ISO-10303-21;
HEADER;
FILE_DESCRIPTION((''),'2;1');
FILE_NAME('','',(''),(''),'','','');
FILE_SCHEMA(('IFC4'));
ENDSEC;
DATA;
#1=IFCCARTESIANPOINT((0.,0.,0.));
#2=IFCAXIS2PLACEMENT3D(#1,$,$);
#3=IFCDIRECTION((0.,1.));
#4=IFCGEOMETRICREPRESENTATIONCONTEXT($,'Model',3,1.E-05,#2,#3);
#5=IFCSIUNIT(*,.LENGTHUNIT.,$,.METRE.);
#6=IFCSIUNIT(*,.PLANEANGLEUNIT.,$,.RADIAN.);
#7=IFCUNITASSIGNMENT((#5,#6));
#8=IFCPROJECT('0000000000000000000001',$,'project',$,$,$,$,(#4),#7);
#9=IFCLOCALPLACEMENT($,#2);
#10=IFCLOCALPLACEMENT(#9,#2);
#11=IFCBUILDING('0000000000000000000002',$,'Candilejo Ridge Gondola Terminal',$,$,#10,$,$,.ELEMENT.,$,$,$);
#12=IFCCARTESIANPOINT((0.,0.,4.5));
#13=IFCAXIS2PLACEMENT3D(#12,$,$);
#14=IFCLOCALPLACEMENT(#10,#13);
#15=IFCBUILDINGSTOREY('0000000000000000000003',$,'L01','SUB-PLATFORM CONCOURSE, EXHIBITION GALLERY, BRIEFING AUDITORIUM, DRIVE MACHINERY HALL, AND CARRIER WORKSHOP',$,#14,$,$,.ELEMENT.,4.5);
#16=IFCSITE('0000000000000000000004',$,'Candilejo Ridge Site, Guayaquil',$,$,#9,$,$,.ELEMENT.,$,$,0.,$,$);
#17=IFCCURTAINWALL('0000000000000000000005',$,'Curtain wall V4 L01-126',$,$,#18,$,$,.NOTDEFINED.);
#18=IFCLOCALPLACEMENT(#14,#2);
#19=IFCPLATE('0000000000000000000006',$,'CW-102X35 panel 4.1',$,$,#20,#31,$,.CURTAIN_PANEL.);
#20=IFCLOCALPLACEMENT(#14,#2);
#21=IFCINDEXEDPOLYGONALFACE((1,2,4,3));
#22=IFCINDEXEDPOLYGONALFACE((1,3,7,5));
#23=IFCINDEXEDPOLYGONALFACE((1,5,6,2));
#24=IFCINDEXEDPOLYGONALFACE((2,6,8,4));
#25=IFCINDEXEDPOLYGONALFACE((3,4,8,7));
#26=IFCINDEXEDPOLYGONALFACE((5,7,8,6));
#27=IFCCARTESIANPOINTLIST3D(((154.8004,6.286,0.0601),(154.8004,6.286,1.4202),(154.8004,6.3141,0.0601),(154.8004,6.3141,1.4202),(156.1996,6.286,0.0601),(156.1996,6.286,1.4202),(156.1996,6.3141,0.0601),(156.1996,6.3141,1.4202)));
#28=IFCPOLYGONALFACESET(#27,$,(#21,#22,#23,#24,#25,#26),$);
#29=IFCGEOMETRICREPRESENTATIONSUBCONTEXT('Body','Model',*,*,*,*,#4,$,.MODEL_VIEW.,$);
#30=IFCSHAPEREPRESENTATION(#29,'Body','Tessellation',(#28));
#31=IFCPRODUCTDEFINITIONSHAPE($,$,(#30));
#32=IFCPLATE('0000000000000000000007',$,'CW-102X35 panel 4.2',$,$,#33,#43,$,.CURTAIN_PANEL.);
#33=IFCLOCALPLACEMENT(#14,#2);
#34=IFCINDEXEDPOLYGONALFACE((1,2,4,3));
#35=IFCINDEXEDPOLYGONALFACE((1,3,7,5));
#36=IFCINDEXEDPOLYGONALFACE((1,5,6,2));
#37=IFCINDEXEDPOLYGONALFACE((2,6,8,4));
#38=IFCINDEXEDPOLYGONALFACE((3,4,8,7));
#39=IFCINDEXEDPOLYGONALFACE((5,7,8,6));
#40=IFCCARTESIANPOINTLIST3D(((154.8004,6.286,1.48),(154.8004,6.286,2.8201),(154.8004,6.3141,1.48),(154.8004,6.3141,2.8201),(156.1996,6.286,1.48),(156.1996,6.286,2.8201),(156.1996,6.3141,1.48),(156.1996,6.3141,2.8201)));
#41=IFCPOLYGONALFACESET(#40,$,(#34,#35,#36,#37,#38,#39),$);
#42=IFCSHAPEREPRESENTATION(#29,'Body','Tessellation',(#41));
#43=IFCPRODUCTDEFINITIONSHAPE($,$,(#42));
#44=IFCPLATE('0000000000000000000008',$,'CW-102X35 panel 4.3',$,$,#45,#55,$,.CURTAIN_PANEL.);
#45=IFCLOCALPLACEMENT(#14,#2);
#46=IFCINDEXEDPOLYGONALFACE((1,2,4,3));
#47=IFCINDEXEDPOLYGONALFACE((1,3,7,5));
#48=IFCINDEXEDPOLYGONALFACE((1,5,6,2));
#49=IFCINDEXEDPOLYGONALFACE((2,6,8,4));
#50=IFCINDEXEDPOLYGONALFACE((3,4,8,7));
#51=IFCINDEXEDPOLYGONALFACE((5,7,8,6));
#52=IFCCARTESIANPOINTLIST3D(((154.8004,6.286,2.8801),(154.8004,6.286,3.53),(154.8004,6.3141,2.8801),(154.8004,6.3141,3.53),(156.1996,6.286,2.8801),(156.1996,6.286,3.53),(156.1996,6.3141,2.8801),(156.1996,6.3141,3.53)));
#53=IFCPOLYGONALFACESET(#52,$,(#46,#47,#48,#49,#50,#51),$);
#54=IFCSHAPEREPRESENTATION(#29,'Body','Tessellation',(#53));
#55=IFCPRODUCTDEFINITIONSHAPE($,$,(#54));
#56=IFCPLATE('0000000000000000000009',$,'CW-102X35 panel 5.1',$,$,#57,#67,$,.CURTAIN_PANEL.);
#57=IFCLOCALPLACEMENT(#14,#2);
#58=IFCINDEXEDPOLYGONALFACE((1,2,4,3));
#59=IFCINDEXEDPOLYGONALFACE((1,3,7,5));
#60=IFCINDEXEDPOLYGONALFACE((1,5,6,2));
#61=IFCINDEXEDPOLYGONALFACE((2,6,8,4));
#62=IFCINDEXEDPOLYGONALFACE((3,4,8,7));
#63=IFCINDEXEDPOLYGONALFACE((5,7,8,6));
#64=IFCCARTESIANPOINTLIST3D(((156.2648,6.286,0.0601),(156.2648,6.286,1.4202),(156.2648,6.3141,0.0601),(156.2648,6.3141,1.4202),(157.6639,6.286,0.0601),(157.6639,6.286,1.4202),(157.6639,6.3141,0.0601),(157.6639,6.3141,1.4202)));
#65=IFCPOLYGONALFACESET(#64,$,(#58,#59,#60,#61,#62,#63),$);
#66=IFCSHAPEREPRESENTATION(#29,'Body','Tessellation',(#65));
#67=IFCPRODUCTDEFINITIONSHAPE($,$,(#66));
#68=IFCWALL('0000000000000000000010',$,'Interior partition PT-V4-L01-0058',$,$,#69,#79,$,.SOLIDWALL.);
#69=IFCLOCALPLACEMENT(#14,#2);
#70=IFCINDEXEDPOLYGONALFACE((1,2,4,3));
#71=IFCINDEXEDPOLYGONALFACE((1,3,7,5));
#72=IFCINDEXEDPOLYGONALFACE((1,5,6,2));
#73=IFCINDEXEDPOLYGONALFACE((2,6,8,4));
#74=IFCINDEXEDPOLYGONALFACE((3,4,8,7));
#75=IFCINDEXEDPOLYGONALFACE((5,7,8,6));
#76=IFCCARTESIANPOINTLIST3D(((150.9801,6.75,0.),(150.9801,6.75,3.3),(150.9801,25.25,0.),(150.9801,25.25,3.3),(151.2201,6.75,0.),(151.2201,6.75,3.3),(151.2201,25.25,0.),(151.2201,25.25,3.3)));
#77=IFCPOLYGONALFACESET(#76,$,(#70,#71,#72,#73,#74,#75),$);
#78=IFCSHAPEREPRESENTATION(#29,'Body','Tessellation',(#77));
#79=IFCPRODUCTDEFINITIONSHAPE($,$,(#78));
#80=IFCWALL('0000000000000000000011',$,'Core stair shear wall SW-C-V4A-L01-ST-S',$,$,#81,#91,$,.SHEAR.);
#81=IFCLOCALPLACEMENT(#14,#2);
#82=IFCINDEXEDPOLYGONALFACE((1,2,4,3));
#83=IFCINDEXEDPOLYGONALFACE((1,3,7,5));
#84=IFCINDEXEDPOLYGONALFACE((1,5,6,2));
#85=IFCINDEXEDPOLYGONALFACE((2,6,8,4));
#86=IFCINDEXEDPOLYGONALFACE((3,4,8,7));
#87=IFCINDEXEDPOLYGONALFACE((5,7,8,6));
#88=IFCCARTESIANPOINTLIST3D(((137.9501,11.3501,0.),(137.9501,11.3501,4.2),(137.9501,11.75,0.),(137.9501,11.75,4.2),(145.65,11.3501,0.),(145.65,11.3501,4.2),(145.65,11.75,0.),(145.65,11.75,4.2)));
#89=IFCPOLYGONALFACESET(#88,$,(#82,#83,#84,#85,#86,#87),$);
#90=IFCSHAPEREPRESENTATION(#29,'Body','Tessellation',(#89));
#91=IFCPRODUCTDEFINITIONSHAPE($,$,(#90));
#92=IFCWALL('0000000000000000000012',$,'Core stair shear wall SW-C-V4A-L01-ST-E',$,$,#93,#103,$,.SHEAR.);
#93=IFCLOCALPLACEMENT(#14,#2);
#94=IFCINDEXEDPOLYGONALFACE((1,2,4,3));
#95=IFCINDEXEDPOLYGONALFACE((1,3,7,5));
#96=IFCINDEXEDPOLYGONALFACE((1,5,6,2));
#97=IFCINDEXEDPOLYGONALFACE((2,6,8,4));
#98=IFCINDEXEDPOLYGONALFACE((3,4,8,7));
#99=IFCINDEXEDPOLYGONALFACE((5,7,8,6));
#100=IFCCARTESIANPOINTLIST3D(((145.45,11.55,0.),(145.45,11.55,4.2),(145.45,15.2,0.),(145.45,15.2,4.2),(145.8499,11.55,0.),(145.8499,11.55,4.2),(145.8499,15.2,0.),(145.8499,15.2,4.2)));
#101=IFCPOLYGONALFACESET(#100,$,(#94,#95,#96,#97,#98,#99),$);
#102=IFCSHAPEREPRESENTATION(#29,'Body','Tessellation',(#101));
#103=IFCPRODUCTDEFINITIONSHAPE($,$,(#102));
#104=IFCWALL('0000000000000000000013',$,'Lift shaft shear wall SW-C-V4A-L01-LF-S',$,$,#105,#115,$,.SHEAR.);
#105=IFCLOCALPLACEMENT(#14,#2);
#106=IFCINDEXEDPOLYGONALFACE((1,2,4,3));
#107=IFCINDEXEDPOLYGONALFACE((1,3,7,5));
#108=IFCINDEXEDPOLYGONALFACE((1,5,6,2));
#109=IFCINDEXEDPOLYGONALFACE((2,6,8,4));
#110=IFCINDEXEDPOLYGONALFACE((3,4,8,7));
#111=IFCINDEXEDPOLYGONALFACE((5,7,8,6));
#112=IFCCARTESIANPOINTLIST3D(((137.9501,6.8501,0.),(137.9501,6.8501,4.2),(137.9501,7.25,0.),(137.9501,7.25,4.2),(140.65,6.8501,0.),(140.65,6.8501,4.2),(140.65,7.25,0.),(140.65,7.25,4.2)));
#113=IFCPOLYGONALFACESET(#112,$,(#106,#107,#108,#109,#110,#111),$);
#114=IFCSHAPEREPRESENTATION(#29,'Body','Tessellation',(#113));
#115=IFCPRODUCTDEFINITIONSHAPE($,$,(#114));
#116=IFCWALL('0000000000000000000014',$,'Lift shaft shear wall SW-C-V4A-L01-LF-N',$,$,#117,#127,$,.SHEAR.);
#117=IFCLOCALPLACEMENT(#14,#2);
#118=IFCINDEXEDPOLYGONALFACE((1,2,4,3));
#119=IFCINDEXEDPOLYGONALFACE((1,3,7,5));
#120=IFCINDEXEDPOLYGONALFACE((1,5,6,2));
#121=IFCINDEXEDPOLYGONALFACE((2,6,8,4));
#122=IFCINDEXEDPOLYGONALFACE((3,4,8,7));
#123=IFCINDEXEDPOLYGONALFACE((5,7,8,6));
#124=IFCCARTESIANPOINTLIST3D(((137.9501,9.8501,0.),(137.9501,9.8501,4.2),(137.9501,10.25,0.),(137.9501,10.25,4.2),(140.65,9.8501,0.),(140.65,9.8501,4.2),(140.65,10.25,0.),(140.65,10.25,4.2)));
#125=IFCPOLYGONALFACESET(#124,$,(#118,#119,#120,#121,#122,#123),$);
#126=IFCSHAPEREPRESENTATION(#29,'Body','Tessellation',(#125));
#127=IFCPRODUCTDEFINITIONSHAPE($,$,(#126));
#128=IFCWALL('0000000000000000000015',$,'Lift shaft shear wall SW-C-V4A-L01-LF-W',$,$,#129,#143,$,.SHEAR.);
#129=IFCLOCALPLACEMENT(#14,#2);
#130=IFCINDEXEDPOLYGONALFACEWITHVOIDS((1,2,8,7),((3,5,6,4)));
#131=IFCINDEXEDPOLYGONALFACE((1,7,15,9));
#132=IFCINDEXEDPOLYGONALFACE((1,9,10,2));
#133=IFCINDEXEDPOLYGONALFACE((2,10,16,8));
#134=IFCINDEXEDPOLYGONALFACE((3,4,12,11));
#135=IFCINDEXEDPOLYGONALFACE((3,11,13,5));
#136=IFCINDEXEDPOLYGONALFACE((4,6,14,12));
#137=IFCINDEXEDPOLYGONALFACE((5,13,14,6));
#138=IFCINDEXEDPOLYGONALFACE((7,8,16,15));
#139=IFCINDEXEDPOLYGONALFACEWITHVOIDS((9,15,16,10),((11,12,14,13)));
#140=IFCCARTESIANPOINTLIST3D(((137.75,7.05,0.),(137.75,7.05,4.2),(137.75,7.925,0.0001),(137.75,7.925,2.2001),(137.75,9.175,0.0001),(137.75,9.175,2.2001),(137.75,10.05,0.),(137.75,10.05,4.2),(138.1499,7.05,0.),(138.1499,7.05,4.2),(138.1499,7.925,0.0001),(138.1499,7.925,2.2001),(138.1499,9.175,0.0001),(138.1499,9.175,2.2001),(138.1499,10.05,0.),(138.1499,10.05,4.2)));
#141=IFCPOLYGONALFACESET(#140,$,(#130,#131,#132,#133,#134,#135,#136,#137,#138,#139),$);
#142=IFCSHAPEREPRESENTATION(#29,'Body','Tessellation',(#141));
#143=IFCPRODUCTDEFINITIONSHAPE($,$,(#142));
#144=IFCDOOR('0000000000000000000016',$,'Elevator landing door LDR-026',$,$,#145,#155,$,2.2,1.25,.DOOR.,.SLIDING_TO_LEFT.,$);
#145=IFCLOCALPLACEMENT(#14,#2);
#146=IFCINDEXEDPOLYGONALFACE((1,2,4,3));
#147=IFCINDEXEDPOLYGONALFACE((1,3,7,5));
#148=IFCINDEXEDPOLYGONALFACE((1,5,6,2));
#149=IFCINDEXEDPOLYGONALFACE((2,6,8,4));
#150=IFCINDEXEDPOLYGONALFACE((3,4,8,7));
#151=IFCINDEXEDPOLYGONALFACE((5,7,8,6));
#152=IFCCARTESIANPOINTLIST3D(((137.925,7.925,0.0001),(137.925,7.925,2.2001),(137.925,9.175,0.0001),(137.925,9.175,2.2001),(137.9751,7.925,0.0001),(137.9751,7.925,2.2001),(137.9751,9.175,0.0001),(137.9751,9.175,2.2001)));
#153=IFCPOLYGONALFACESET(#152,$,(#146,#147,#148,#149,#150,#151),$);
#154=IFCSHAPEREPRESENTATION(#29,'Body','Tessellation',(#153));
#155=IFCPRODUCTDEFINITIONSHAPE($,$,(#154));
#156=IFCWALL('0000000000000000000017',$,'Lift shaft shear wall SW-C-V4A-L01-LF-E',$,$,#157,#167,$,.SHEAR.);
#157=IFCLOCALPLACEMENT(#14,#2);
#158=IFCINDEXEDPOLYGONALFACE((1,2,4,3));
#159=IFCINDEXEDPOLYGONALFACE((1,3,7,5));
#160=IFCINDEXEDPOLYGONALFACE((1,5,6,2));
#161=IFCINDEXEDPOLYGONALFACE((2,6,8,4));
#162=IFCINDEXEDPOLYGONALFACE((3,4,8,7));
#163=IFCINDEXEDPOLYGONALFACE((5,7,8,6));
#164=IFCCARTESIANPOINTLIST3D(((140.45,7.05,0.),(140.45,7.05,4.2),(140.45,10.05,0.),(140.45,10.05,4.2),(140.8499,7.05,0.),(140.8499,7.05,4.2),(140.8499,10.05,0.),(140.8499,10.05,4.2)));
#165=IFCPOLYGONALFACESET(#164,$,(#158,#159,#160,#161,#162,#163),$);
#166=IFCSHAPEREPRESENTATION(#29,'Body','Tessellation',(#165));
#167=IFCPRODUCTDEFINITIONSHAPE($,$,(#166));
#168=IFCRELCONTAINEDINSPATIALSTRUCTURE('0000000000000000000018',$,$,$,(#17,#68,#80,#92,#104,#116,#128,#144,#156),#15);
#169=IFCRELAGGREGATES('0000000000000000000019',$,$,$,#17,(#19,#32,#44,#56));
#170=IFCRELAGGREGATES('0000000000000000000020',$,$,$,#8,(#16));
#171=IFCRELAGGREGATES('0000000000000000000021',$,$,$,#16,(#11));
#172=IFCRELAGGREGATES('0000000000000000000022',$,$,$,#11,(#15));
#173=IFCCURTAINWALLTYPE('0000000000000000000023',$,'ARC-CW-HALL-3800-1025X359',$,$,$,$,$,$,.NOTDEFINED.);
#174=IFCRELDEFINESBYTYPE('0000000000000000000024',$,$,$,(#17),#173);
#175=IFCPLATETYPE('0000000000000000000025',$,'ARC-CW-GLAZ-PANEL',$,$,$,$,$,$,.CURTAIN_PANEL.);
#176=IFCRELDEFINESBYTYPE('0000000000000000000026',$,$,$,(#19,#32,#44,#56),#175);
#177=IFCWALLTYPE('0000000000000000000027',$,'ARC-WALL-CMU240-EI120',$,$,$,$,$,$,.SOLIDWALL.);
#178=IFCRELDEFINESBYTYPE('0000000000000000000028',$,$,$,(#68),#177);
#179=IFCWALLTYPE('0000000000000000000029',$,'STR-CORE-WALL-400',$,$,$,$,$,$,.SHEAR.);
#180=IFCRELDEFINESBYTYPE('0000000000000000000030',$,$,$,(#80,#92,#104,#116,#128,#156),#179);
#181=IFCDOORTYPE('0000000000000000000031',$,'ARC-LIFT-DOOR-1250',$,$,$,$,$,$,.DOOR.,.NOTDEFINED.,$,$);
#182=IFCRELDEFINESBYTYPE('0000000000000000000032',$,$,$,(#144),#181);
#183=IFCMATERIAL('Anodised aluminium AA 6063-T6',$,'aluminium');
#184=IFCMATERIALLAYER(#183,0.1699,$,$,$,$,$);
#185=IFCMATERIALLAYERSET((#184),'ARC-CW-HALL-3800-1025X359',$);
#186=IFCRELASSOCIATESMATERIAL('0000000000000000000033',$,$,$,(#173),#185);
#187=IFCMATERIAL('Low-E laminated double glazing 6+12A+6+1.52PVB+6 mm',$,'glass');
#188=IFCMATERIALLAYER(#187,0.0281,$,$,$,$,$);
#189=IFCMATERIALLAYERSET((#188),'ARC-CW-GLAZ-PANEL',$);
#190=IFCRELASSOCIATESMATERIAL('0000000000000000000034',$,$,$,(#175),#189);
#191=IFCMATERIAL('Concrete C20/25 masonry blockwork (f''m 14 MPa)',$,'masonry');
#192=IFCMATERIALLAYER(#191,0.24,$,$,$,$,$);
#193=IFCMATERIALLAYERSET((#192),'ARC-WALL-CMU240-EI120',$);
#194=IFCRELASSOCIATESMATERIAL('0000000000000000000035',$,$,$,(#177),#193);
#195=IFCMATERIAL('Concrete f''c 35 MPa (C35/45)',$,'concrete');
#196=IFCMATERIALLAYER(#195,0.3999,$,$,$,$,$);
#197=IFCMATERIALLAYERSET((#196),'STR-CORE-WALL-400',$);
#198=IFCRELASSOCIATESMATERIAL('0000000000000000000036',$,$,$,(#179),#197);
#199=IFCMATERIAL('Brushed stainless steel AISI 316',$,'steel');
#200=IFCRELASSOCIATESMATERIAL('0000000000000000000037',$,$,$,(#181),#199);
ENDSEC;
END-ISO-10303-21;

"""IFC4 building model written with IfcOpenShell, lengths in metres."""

from ifc_helpers import new_model, si_unit, direction, frame, frame_2d, origin, origin_2d, place, context, subcontext, project, spatial, rectangle, extrude, material, layer, layer_set, type_object, element, fill, aggregate, save


model = new_model("IFC4")

# Units and contexts
model_context = context("Model", 3, precision=1e-05, world=origin(), true_north=direction((0.0, 1.0)))
body_context = subcontext(model_context, "Body", "Model", "MODEL_VIEW")
ifc_project = project(units=[si_unit("LENGTHUNIT", "METRE"), si_unit("PLANEANGLEUNIT", "RADIAN")], contexts=[model_context])

# Site, building, storey
site_placement = place(None, origin())
site = spatial("IfcSite", under=ifc_project, at=site_placement, Name="Candilejo Ridge Site, Guayaquil", CompositionType="ELEMENT", RefElevation=0.0)
building_placement = place(site_placement, origin())
building = spatial("IfcBuilding", under=site, at=building_placement, Name="Candilejo Ridge Gondola Terminal", CompositionType="ELEMENT")
storey_placement = place(building_placement, frame((0.0, 0.0, 4.5)))
storey = spatial("IfcBuildingStorey", under=building, at=storey_placement, Name="L01", Description="SUB-PLATFORM CONCOURSE, EXHIBITION GALLERY, BRIEFING AUDITORIUM, DRIVE MACHINERY HALL, AND CARRIER WORKSHOP", CompositionType="ELEMENT", Elevation=4.5)

# Curtain wall
ifc_material_1 = material(Name="Anodised aluminium AA 6063-T6", Category="aluminium")
ifc_layer_1 = layer(ifc_material_1, 0.1699)
ifc_layer_set_1 = layer_set([ifc_layer_1], Name="ARC-CW-HALL-3800-1025X359")
curtain_wall_type = type_object("IfcCurtainWallType", Name="ARC-CW-HALL-3800-1025X359", PredefinedType="NOTDEFINED", material=ifc_layer_set_1)
curtain_wall_placement = place(storey_placement, origin())
curtain_wall = element("IfcCurtainWall", 1, at=curtain_wall_placement, inside=storey, type_object=curtain_wall_type, Name="Curtain wall V4 L01-126", PredefinedType="NOTDEFINED")

# Plates
ifc_material_2 = material(Name="Low-E laminated double glazing 6+12A+6+1.52PVB+6 mm", Category="glass")
ifc_layer_2 = layer(ifc_material_2, 0.0281)
ifc_layer_set_2 = layer_set([ifc_layer_2], Name="ARC-CW-GLAZ-PANEL")
plate_type = type_object("IfcPlateType", Name="ARC-CW-GLAZ-PANEL", PredefinedType="CURTAIN_PANEL", material=ifc_layer_set_2)
plate_1_placement = place(storey_placement, frame((155.5, 6.3, 0.0601), z_axis=(0.0, 0.0, 1.0), x_axis=(1.0, 0.0, 0.0)))
plate_1 = element("IfcPlate", 2, at=plate_1_placement, type_object=plate_type, Name="CW-102X35 panel 4.1", PredefinedType="CURTAIN_PANEL", context=body_context, shape_type="SweptSolid", body=[
    extrude(rectangle(XDim=1.3992, YDim=0.0281, at=origin_2d()), origin(), (0.0, 0.0, 1.0), 1.3601),
])
plate_2_placement = place(storey_placement, frame((155.5, 6.3, 1.48), z_axis=(0.0, 0.0, 1.0), x_axis=(1.0, 0.0, 0.0)))
plate_2 = element("IfcPlate", 3, at=plate_2_placement, type_object=plate_type, Name="CW-102X35 panel 4.2", PredefinedType="CURTAIN_PANEL", context=body_context, shape_type="SweptSolid", body=[
    extrude(rectangle(XDim=1.3992, YDim=0.0281, at=origin_2d()), origin(), (0.0, 0.0, 1.0), 1.3401),
])
plate_3_placement = place(storey_placement, frame((155.5, 6.3, 2.8801), z_axis=(0.0, 0.0, 1.0), x_axis=(1.0, 0.0, 0.0)))
plate_3 = element("IfcPlate", 4, at=plate_3_placement, type_object=plate_type, Name="CW-102X35 panel 4.3", PredefinedType="CURTAIN_PANEL", context=body_context, shape_type="SweptSolid", body=[
    extrude(rectangle(XDim=1.3992, YDim=0.0281, at=origin_2d()), origin(), (0.0, 0.0, 1.0), 0.6499),
])
plate_4_placement = place(storey_placement, frame((156.9644, 6.3, 0.0601), z_axis=(0.0, 0.0, 1.0), x_axis=(1.0, 0.0, 0.0)))
plate_4 = element("IfcPlate", 5, at=plate_4_placement, type_object=plate_type, Name="CW-102X35 panel 5.1", PredefinedType="CURTAIN_PANEL", context=body_context, shape_type="SweptSolid", body=[
    extrude(rectangle(XDim=1.3992, YDim=0.0281, at=origin_2d()), origin(), (0.0, 0.0, 1.0), 1.3601),
])
aggregate(curtain_wall, [plate_1, plate_2, plate_3, plate_4])

# Walls
ifc_material_3 = material(Name="Concrete C20/25 masonry blockwork (f'm 14 MPa)", Category="masonry")
ifc_layer_3 = layer(ifc_material_3, 0.24)
ifc_layer_set_3 = layer_set([ifc_layer_3], Name="ARC-WALL-CMU240-EI120")
wall_type_1 = type_object("IfcWallType", Name="ARC-WALL-CMU240-EI120", PredefinedType="SOLIDWALL", material=ifc_layer_set_3)
wall_1_placement = place(storey_placement, frame((151.1001, 6.75, 0.0), z_axis=(0.0, 0.0, 1.0), x_axis=(0.0, 1.0, 0.0)))
element("IfcWall", 6, at=wall_1_placement, inside=storey, type_object=wall_type_1, Name="Interior partition PT-V4-L01-0058", PredefinedType="SOLIDWALL", context=body_context, shape_type="SweptSolid", body=[
    extrude(rectangle(XDim=18.5, YDim=0.24, at=frame_2d((9.25, 0.0))), origin(), (0.0, 0.0, 1.0), 3.3),
])
ifc_material_4 = material(Name="Concrete f'c 35 MPa (C35/45)", Category="concrete")
ifc_layer_4 = layer(ifc_material_4, 0.3999)
ifc_layer_set_4 = layer_set([ifc_layer_4], Name="STR-CORE-WALL-400")
wall_type_2 = type_object("IfcWallType", Name="STR-CORE-WALL-400", PredefinedType="SHEAR", material=ifc_layer_set_4)
wall_2_placement = place(storey_placement, frame((137.95, 11.55, 0.0), z_axis=(0.0, 0.0, 1.0), x_axis=(1.0, 0.0, 0.0)))
element("IfcWall", 7, at=wall_2_placement, inside=storey, type_object=wall_type_2, Name="Core stair shear wall SW-C-V4A-L01-ST-S", PredefinedType="SHEAR", context=body_context, shape_type="SweptSolid", body=[
    extrude(rectangle(XDim=7.7, YDim=0.3999, at=frame_2d((3.8501, 0.0))), origin(), (0.0, 0.0, 1.0), 4.2),
])
wall_3_placement = place(storey_placement, frame((145.6499, 11.55, 0.0), z_axis=(0.0, 0.0, 1.0), x_axis=(0.0, 1.0, 0.0)))
element("IfcWall", 8, at=wall_3_placement, inside=storey, type_object=wall_type_2, Name="Core stair shear wall SW-C-V4A-L01-ST-E", PredefinedType="SHEAR", context=body_context, shape_type="SweptSolid", body=[
    extrude(rectangle(XDim=3.6499, YDim=0.3999, at=frame_2d((1.825, 0.0))), origin(), (0.0, 0.0, 1.0), 4.2),
])
for number, where, z_axis, x_axis, name in (
    (9, (137.95, 7.05, 0.0), (0.0, 0.0, 1.0), (1.0, 0.0, 0.0), "Lift shaft shear wall SW-C-V4A-L01-LF-S"),
    (10, (137.95, 10.05, 0.0), (0.0, 0.0, 1.0), (1.0, 0.0, 0.0), "Lift shaft shear wall SW-C-V4A-L01-LF-N"),
):
    element("IfcWall", number, at=place(storey_placement, frame(where, z_axis=z_axis, x_axis=x_axis)), inside=storey, type_object=wall_type_2, Name=name, PredefinedType="SHEAR", context=body_context, shape_type="SweptSolid", body=[
        extrude(rectangle(XDim=2.7, YDim=0.3999, at=frame_2d((1.3501, 0.0))), origin(), (0.0, 0.0, 1.0), 4.2),
    ])

# Wall, opening, door
wall_4_placement = place(storey_placement, frame((137.95, 7.05, 0.0), z_axis=(0.0, 0.0, 1.0), x_axis=(0.0, 1.0, 0.0)))
wall_4 = element("IfcWall", 11, at=wall_4_placement, inside=storey, type_object=wall_type_2, Name="Lift shaft shear wall SW-C-V4A-L01-LF-W", PredefinedType="SHEAR", context=body_context, shape_type="SweptSolid", body=[
    extrude(rectangle(XDim=3.0, YDim=0.3999, at=frame_2d((1.5, 0.0))), origin(), (0.0, 0.0, 1.0), 4.2),
])
opening_placement = place(wall_4_placement, frame((0.875, 0.0, 0.0)))
opening = element("IfcOpeningElement", 12, at=opening_placement, cuts=wall_4, PredefinedType="OPENING", context=body_context, shape_type="SweptSolid", body=[
    extrude(rectangle(XDim=1.25, YDim=2.2, at=frame_2d((0.625, 1.1001))), frame((0.0, 0.21, 0.0), z_axis=(0.0, -1.0, 0.0), x_axis=(1.0, 0.0, 0.0)), (0.0, 0.0, 1.0), 0.4199),
])
ifc_material_5 = material(Name="Brushed stainless steel AISI 316", Category="steel")
door_type = type_object("IfcDoorType", Name="ARC-LIFT-DOOR-1250", OperationType="NOTDEFINED", PredefinedType="DOOR", material=ifc_material_5)
door_placement = place(opening_placement, origin())
door = element("IfcDoor", 13, at=door_placement, inside=storey, type_object=door_type, Name="Elevator landing door LDR-026", OperationType="SLIDING_TO_LEFT", OverallHeight=2.2, OverallWidth=1.25, PredefinedType="DOOR", context=body_context, shape_type="SweptSolid", body=[
    extrude(rectangle(XDim=1.25, YDim=2.2, at=frame_2d((0.625, 1.1001))), frame((0.0, 0.0249, 0.0), z_axis=(0.0, -1.0, 0.0), x_axis=(1.0, 0.0, 0.0)), (0.0, 0.0, 1.0), 0.05),
])
fill(opening, door)

# Wall
wall_5_placement = place(storey_placement, frame((140.6499, 7.05, 0.0), z_axis=(0.0, 0.0, 1.0), x_axis=(0.0, 1.0, 0.0)))
element("IfcWall", 14, at=wall_5_placement, inside=storey, type_object=wall_type_2, Name="Lift shaft shear wall SW-C-V4A-L01-LF-E", PredefinedType="SHEAR", context=body_context, shape_type="SweptSolid", body=[
    extrude(rectangle(XDim=3.0, YDim=0.3999, at=frame_2d((1.5, 0.0))), origin(), (0.0, 0.0, 1.0), 4.2),
])

save(model, "model.ifc")
